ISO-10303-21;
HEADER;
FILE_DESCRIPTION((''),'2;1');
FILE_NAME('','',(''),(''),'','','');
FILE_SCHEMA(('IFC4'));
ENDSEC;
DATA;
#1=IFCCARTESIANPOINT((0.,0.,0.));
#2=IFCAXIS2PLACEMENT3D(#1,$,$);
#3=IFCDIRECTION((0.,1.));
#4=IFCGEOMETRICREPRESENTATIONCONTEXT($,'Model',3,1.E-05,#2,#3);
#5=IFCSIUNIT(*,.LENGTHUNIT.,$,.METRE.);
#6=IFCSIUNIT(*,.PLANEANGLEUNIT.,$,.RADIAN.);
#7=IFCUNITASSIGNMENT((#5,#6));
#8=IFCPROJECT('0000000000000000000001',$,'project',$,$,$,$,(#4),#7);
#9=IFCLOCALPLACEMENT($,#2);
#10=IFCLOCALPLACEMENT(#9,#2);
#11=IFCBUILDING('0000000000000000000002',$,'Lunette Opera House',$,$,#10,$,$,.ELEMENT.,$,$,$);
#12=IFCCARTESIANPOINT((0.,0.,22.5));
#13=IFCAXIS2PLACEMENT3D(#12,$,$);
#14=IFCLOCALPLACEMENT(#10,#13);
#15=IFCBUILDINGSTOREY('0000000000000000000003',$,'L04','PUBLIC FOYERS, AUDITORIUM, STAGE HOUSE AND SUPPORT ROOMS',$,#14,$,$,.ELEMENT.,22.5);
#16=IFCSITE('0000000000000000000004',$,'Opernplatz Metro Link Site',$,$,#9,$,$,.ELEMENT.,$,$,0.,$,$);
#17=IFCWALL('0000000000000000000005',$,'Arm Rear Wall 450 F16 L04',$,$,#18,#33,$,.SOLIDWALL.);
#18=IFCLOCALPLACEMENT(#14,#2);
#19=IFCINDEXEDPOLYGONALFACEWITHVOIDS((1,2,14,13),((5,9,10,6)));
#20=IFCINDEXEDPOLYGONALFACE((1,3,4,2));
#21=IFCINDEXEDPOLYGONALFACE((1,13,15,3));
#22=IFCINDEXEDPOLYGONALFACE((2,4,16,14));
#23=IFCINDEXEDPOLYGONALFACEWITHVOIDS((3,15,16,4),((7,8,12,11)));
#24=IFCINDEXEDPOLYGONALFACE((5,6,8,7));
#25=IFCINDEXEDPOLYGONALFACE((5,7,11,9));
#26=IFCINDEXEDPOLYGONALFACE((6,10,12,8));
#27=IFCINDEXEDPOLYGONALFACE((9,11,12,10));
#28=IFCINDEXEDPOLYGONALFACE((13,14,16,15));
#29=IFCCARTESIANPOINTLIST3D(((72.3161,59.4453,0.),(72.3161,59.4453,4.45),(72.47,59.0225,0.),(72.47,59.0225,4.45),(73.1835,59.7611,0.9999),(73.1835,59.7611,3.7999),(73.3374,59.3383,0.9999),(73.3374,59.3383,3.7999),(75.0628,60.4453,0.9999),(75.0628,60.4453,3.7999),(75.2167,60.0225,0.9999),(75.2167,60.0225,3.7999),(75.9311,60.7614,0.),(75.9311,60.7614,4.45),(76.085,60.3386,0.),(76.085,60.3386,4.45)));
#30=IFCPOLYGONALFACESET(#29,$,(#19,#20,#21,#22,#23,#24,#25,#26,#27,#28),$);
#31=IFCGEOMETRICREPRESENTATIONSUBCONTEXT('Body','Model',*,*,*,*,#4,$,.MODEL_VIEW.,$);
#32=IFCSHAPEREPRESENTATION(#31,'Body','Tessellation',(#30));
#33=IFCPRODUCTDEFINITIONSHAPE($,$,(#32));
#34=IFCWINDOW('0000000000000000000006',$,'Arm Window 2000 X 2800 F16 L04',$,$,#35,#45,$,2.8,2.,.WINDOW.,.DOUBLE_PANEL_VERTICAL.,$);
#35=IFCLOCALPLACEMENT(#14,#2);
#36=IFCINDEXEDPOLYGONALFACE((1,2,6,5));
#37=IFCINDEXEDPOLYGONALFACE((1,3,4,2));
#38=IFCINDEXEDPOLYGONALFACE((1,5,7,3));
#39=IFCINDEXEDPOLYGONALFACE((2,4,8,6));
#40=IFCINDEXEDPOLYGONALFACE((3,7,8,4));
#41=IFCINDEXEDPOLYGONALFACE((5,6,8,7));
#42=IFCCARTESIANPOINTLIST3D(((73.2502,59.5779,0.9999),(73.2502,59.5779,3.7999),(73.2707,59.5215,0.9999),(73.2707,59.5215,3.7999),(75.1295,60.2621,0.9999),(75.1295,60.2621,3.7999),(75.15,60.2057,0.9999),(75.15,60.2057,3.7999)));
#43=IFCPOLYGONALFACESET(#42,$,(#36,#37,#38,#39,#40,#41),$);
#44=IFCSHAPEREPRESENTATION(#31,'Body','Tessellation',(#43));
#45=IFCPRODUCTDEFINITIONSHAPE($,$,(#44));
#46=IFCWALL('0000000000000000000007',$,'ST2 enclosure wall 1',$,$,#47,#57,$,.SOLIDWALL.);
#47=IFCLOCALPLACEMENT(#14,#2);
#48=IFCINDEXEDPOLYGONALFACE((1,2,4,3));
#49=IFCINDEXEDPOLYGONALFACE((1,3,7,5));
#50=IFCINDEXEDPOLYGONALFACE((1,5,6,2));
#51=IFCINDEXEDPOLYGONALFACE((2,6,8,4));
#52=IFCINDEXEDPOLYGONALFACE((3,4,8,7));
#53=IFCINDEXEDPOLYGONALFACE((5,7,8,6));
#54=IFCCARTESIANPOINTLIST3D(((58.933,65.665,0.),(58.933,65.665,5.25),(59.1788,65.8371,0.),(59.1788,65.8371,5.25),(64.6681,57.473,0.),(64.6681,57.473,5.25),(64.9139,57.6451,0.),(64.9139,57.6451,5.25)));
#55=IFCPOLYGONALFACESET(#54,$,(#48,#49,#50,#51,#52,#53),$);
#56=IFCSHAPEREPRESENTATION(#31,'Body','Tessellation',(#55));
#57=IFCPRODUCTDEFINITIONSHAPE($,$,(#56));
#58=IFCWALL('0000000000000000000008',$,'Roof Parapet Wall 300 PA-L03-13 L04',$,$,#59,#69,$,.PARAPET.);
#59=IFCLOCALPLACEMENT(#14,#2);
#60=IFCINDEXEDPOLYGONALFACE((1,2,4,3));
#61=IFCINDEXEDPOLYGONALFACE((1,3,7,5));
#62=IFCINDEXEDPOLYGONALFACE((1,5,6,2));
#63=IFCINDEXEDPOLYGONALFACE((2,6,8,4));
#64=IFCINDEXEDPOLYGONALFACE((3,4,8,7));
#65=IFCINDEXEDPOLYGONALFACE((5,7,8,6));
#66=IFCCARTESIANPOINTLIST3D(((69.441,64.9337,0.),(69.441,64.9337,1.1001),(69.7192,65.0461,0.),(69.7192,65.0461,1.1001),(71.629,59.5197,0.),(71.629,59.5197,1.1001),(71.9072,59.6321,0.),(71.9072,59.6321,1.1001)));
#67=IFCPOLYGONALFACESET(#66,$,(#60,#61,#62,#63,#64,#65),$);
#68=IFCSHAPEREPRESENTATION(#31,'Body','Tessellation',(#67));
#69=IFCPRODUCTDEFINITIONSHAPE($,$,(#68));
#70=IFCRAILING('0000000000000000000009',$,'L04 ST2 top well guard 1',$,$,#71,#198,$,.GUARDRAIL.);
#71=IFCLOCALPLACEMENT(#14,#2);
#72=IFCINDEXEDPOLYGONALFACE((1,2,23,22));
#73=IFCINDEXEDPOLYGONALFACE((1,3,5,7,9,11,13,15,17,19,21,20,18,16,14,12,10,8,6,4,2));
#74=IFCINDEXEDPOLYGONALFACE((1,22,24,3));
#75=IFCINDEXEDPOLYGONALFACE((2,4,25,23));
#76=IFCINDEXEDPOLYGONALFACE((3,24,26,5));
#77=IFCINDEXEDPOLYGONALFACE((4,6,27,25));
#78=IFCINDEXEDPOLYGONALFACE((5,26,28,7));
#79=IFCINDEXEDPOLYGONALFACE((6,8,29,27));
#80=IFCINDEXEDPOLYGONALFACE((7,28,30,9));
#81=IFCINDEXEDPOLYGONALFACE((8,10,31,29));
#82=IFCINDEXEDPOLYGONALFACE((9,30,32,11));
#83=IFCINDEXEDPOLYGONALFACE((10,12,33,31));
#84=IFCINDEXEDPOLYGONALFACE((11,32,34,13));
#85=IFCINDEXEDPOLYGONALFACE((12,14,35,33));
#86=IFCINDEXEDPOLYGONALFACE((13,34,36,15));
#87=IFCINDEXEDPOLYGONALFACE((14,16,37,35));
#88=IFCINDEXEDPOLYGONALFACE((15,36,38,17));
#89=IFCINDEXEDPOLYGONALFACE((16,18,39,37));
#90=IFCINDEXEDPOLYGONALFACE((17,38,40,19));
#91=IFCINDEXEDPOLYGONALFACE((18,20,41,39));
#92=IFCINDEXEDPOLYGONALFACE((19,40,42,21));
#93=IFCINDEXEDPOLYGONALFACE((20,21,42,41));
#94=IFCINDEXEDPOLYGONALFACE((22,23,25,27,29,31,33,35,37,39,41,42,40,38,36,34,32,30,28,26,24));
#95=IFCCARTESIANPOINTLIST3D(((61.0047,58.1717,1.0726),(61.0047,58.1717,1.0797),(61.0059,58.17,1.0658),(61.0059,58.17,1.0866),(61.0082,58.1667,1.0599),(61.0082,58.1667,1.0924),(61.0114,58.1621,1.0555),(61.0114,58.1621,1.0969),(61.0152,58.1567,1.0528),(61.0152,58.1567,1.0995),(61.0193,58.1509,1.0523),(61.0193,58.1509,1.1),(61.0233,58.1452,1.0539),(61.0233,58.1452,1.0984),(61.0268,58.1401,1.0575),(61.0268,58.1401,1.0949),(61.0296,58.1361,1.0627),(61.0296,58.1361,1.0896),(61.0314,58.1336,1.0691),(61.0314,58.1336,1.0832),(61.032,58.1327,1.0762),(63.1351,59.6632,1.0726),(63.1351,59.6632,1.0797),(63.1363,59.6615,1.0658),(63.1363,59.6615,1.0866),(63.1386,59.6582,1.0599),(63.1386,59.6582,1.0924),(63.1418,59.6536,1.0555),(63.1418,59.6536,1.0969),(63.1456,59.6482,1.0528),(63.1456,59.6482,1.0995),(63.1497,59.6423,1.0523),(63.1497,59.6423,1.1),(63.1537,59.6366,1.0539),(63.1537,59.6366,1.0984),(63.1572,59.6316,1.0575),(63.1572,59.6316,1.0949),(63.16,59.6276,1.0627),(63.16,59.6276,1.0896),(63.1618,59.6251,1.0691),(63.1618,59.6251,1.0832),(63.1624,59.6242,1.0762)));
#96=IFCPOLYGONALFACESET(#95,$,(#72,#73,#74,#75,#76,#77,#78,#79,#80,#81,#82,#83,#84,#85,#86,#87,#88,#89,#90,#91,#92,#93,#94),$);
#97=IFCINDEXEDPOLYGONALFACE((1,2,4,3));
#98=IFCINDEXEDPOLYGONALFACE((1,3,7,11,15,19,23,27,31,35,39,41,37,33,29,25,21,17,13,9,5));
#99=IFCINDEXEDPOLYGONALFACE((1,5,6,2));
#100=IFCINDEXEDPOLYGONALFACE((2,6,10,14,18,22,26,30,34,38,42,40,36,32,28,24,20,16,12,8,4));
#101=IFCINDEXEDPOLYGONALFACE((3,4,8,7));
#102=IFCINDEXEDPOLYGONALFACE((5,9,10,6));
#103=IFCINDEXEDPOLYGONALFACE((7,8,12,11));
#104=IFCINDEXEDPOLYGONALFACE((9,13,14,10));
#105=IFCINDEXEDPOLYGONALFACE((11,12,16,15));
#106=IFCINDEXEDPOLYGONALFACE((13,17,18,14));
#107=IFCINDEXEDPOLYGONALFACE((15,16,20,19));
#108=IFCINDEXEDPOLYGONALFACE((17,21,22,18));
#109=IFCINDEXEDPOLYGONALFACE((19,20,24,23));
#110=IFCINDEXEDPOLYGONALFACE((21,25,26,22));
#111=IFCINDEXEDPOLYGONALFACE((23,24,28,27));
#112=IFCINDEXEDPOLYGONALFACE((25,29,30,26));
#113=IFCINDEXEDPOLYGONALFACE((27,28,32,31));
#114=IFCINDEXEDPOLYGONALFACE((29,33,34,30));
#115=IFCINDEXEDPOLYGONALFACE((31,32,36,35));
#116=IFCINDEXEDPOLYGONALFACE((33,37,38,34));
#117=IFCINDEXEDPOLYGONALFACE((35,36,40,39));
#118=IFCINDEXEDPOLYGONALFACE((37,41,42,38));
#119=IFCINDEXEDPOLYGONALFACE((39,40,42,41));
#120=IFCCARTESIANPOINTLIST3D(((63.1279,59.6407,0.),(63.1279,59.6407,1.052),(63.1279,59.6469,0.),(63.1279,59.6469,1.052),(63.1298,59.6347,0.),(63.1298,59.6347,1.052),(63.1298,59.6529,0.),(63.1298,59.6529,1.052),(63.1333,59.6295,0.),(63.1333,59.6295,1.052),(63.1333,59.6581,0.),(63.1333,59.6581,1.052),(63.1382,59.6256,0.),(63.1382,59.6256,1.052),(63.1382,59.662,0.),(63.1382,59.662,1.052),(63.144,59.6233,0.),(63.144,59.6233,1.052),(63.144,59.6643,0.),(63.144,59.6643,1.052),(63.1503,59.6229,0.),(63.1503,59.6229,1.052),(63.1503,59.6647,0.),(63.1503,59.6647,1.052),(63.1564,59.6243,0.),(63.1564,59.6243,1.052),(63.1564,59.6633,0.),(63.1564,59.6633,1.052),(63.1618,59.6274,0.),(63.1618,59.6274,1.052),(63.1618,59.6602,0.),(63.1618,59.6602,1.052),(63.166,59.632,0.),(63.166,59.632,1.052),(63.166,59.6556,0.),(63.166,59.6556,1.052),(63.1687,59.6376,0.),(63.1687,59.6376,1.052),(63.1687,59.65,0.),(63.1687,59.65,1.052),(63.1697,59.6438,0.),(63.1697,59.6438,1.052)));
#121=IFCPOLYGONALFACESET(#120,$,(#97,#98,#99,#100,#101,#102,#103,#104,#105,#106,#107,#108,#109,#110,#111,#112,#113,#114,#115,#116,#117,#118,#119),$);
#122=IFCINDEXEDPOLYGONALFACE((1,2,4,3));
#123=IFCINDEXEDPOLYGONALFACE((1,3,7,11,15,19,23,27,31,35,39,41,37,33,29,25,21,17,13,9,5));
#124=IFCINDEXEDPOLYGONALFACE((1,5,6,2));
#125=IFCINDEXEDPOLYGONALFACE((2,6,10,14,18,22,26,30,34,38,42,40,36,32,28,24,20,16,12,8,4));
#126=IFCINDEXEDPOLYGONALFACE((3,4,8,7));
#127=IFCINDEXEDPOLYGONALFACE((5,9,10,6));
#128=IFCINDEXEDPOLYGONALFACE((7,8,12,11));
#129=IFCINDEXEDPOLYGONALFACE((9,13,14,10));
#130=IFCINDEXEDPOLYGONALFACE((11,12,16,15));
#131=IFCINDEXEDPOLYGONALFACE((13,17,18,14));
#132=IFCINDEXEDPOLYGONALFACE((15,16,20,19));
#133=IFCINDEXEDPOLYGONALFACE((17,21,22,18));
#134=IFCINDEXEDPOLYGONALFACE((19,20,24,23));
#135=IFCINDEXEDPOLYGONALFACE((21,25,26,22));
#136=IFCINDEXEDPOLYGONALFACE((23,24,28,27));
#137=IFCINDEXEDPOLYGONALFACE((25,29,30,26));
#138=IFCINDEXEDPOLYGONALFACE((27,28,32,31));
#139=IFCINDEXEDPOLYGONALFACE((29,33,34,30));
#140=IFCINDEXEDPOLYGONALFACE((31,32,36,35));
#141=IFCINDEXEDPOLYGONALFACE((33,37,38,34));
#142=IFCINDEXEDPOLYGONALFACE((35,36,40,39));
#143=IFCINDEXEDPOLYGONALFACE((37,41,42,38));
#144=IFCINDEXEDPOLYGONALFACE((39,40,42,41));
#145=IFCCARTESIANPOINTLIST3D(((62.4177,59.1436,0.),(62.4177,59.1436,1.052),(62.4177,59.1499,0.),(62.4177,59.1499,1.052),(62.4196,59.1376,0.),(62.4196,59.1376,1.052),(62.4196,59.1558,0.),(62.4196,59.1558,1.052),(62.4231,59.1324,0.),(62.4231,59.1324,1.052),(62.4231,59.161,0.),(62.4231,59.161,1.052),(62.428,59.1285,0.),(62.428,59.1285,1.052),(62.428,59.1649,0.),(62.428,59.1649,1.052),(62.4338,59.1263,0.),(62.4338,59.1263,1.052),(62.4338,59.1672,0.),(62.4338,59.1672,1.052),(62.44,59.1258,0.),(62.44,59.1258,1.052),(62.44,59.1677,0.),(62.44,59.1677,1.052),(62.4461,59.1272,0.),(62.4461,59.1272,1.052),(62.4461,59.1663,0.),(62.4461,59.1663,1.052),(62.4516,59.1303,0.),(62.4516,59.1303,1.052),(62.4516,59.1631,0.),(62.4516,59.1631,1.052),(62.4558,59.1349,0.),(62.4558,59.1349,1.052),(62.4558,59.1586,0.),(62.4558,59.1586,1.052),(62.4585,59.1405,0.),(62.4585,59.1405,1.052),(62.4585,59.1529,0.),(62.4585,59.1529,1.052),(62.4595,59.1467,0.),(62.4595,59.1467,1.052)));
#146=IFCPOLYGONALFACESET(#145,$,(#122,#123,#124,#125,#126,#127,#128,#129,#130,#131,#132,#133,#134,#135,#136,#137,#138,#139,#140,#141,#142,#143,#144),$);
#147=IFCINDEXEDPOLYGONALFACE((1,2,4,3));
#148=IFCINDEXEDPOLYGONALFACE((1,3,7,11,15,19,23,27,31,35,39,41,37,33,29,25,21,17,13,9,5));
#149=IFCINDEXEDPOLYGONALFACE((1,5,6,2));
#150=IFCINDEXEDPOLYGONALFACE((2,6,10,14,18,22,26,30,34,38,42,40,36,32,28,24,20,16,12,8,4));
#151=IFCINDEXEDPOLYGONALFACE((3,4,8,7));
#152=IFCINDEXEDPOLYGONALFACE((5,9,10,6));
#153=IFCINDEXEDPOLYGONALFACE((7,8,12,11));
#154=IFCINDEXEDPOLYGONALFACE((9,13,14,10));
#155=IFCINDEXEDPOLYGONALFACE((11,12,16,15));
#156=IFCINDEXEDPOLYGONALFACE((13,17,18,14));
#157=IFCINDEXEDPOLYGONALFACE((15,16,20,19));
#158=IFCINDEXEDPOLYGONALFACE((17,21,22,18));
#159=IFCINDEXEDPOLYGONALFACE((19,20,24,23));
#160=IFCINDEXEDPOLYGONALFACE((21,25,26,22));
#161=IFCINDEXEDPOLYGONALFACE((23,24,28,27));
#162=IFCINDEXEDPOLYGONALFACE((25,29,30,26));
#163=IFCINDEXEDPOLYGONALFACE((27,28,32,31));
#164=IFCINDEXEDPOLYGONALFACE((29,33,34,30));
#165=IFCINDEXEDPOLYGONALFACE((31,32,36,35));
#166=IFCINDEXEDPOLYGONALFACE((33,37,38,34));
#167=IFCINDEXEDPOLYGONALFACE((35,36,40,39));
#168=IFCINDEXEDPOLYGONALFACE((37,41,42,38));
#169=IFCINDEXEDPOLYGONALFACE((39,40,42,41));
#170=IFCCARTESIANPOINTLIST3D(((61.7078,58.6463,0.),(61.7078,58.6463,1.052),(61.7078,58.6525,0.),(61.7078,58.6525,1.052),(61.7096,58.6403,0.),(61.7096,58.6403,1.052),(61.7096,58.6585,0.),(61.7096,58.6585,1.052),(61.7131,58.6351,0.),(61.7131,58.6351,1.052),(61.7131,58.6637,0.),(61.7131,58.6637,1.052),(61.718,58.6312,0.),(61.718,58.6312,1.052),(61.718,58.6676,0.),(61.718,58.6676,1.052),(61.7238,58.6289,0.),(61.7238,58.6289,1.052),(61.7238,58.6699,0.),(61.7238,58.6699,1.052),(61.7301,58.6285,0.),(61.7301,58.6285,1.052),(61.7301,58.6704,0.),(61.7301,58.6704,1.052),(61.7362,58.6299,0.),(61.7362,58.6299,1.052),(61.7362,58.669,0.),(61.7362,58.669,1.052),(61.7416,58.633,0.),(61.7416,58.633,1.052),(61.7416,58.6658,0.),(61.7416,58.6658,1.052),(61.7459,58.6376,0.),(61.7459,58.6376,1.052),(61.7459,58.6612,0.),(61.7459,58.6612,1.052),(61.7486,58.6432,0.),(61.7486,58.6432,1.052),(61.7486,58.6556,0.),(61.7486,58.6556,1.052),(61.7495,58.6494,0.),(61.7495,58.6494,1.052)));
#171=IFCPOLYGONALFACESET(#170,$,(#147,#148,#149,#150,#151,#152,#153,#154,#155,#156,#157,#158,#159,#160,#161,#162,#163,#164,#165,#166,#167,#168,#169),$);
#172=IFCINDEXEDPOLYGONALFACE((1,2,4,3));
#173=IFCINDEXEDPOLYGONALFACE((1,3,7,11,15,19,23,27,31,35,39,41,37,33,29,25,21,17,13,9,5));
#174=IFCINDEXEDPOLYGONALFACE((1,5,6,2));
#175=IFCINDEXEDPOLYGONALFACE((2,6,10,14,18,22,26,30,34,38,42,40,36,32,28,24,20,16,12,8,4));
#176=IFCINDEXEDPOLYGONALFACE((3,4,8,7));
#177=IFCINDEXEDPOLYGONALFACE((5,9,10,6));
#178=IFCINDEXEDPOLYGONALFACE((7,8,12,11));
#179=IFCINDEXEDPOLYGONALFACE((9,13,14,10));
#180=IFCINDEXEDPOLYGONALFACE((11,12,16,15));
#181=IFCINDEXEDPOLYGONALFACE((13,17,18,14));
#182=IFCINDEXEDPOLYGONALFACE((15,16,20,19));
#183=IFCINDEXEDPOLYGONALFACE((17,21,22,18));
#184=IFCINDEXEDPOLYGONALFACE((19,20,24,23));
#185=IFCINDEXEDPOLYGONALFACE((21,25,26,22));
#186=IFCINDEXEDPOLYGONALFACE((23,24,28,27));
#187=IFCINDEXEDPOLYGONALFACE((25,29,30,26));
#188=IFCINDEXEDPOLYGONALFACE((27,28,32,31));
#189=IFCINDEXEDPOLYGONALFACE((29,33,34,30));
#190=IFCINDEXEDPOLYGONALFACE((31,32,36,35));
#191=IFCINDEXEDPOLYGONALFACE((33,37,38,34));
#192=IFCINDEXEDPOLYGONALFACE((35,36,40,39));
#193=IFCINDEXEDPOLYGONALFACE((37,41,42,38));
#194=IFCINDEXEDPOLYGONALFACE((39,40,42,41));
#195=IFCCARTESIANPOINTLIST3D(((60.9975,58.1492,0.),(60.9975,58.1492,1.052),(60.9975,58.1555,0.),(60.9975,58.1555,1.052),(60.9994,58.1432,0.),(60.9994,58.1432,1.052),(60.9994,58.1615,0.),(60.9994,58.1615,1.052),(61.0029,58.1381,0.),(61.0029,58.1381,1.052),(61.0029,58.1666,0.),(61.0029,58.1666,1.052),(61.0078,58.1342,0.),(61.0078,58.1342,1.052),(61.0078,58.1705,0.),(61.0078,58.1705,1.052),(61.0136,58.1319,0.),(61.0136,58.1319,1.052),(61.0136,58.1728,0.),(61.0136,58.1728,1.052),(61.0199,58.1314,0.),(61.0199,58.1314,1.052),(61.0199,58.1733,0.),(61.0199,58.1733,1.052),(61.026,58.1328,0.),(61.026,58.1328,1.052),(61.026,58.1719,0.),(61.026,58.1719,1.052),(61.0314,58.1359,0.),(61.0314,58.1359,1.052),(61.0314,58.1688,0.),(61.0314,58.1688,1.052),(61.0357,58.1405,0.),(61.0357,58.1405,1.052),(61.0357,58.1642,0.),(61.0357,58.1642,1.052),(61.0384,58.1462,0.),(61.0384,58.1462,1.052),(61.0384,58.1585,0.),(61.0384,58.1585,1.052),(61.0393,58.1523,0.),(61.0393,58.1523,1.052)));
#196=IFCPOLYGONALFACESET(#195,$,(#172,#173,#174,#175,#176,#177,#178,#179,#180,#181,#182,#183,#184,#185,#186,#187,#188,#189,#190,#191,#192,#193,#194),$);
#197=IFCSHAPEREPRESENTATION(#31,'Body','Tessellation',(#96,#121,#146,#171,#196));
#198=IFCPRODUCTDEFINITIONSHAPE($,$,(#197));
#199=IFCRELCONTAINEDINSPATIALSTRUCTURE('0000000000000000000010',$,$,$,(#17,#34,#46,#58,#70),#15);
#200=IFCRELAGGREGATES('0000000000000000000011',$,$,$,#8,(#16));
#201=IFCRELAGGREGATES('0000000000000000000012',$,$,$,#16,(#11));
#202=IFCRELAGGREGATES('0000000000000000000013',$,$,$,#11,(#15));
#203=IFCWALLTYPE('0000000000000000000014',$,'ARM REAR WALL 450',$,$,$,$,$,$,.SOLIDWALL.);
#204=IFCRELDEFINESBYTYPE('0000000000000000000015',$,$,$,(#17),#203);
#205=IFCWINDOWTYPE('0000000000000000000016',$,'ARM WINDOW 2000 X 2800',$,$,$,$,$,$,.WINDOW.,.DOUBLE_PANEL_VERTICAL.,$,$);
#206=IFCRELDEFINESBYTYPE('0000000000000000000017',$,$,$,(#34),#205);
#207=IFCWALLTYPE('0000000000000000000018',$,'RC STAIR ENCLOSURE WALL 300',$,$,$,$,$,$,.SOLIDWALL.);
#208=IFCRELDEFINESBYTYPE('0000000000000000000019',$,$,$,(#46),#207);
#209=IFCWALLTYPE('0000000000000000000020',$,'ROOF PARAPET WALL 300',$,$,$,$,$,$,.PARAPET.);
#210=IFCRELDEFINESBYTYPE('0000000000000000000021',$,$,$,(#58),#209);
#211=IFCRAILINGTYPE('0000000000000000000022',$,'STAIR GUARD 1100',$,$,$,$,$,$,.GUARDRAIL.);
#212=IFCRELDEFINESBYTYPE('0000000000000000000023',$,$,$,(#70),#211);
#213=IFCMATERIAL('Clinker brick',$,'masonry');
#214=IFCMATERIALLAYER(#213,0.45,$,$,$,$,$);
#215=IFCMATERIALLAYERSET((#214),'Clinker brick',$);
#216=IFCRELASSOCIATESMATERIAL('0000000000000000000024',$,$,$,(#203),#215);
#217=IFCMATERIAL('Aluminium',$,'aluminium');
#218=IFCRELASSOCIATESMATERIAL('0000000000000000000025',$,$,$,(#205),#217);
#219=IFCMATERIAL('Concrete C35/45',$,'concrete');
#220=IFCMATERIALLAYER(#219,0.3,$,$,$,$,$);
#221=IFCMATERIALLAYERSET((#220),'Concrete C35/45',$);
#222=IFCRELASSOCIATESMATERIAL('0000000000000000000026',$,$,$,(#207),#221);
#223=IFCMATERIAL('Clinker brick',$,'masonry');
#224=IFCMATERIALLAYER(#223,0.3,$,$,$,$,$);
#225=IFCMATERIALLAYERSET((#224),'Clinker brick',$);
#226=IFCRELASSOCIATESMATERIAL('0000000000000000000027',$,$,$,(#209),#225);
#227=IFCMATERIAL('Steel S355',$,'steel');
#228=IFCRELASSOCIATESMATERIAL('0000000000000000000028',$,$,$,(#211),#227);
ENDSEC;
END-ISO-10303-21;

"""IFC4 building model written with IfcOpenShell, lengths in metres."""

from ifc_helpers import new_model, si_unit, direction, frame, frame_2d, origin, origin_2d, place, context, subcontext, project, spatial, rectangle, circle, extrude, material, layer, layer_set, type_object, element, fill, save


model = new_model("IFC4")

# Units and contexts
model_context = context("Model", 3, precision=1e-05, world=origin(), true_north=direction((0.0, 1.0)))
body_context = subcontext(model_context, "Body", "Model", "MODEL_VIEW")
ifc_project = project(units=[si_unit("LENGTHUNIT", "METRE"), si_unit("PLANEANGLEUNIT", "RADIAN")], contexts=[model_context])

# Site, building, storey
site_placement = place(None, origin())
site = spatial("IfcSite", under=ifc_project, at=site_placement, Name="Opernplatz Metro Link Site", CompositionType="ELEMENT", RefElevation=0.0)
building_placement = place(site_placement, origin())
building = spatial("IfcBuilding", under=site, at=building_placement, Name="Lunette Opera House", CompositionType="ELEMENT")
storey_placement = place(building_placement, frame((0.0, 0.0, 22.5)))
storey = spatial("IfcBuildingStorey", under=building, at=storey_placement, Name="L04", Description="PUBLIC FOYERS, AUDITORIUM, STAGE HOUSE AND SUPPORT ROOMS", CompositionType="ELEMENT", Elevation=22.5)

# Wall, opening, window
ifc_material_1 = material(Name="Clinker brick", Category="masonry")
ifc_layer_1 = layer(ifc_material_1, 0.45)
ifc_layer_set_1 = layer_set([ifc_layer_1], Name="Clinker brick")
wall_type_1 = type_object("IfcWallType", Name="ARM REAR WALL 450", PredefinedType="SOLIDWALL", material=ifc_layer_set_1)
ifc_material_2 = material(Name="Aluminium", Category="aluminium")
window_type = type_object("IfcWindowType", Name="ARM WINDOW 2000 X 2800", PartitioningType="DOUBLE_PANEL_VERTICAL", PredefinedType="WINDOW", material=ifc_material_2)
wall_1_placement = place(storey_placement, frame((76.0081, 60.55, 0.0), z_axis=(0.0, 0.0, 1.0), x_axis=(-0.939658, -0.342115, 0.0)))
wall_1 = element("IfcWall", 1, at=wall_1_placement, inside=storey, type_object=wall_type_1, Name="Arm Rear Wall 450 F16 L04", PredefinedType="SOLIDWALL", context=body_context, shape_type="SweptSolid", body=[
    extrude(rectangle(XDim=3.8472, YDim=0.45, at=frame_2d((1.9236, 0.0))), origin(), (0.0, 0.0, 1.0), 4.45),
])
opening_1_placement = place(wall_1_placement, frame((0.9241, 0.0, 1.0)))
opening_1 = element("IfcOpeningElement", 2, at=opening_1_placement, cuts=wall_1, PredefinedType="OPENING", context=body_context, shape_type="SweptSolid", body=[
    extrude(rectangle(XDim=2.0, YDim=2.8, at=frame_2d((1.0, 1.3999))), frame((0.0, 0.2371, 0.0), z_axis=(0.0, -1.0, 0.0), x_axis=(1.0, 0.0, 0.0)), (0.0, 0.0, 1.0), 0.4739),
])
window_1_placement = place(opening_1_placement, origin())
window_1 = element("IfcWindow", 3, at=window_1_placement, inside=storey, type_object=window_type, Name="Arm Window 2000 X 2800 F16 L04", OverallHeight=2.8, OverallWidth=2.0, PartitioningType="DOUBLE_PANEL_VERTICAL", PredefinedType="WINDOW", context=body_context, shape_type="SweptSolid", body=[
    extrude(rectangle(XDim=2.0, YDim=2.8, at=frame_2d((1.0, 1.3999))), frame((0.0, 0.03, 0.0), z_axis=(0.0, -1.0, 0.0), x_axis=(1.0, 0.0, 0.0)), (0.0, 0.0, 1.0), 0.0601),
])
fill(opening_1, window_1)

# Walls
ifc_material_3 = material(Name="Concrete C35/45", Category="concrete")
ifc_layer_2 = layer(ifc_material_3, 0.3)
ifc_layer_set_2 = layer_set([ifc_layer_2], Name="Concrete C35/45")
wall_type_2 = type_object("IfcWallType", Name="RC STAIR ENCLOSURE WALL 300", PredefinedType="SOLIDWALL", material=ifc_layer_set_2)
wall_2_placement = place(storey_placement, frame((64.791, 57.5591, 0.0), z_axis=(0.0, 0.0, 1.0), x_axis=(-0.573515, 0.819195, 0.0)))
element("IfcWall", 4, at=wall_2_placement, inside=storey, type_object=wall_type_2, Name="ST2 enclosure wall 1", PredefinedType="SOLIDWALL", context=body_context, shape_type="SweptSolid", body=[
    extrude(rectangle(XDim=10.0, YDim=0.3, at=frame_2d((5.0, 0.0))), origin(), (0.0, 0.0, 1.0), 5.25),
])
ifc_material_4 = material(Name="Clinker brick", Category="masonry")
ifc_layer_3 = layer(ifc_material_4, 0.3)
ifc_layer_set_3 = layer_set([ifc_layer_3], Name="Clinker brick")
wall_type_3 = type_object("IfcWallType", Name="ROOF PARAPET WALL 300", PredefinedType="PARAPET", material=ifc_layer_set_3)
wall_3_placement = place(storey_placement, frame((71.7681, 59.5759, 0.0), z_axis=(0.0, 0.0, 1.0), x_axis=(-0.37469, 0.92715, 0.0)))
element("IfcWall", 5, at=wall_3_placement, inside=storey, type_object=wall_type_3, Name="Roof Parapet Wall 300 PA-L03-13 L04", PredefinedType="PARAPET", context=body_context, shape_type="SweptSolid", body=[
    extrude(rectangle(XDim=5.8394, YDim=0.3, at=frame_2d((2.9197, 0.0))), origin(), (0.0, 0.0, 1.0), 1.1001),
])

# Railing
ifc_material_5 = material(Name="Steel S355", Category="steel")
railing_type = type_object("IfcRailingType", Name="STAIR GUARD 1100", PredefinedType="GUARDRAIL", material=ifc_material_5)
railing_placement = place(storey_placement, frame((63.1487, 59.6438, 0.0)))
element("IfcRailing", 6, at=railing_placement, inside=storey, type_object=railing_type, Name="L04 ST2 top well guard 1", PredefinedType="GUARDRAIL", context=body_context, shape_type="SweptSolid", body=[
    extrude(circle(Radius=0.0239, at=origin_2d()), frame((0.0, 0.0, 1.0762), z_axis=(-0.819197, -0.573513, 0.0), x_axis=(0.573513, -0.819197, 0.0)), (0.0, 0.0, 1.0), 2.6006),
    extrude(circle(Radius=0.021, at=origin_2d()), origin(), (0.0, 0.0, 1.0), 1.052),
    extrude(circle(Radius=0.021, at=origin_2d()), frame((-0.7102, -0.4971, 0.0)), (0.0, 0.0, 1.0), 1.052),
    extrude(circle(Radius=0.021, at=origin_2d()), frame((-1.4202, -0.9944, 0.0)), (0.0, 0.0, 1.0), 1.052),
    extrude(circle(Radius=0.021, at=origin_2d()), frame((-2.1304, -1.4915, 0.0)), (0.0, 0.0, 1.0), 1.052),
])

save(model, "model.ifc")
